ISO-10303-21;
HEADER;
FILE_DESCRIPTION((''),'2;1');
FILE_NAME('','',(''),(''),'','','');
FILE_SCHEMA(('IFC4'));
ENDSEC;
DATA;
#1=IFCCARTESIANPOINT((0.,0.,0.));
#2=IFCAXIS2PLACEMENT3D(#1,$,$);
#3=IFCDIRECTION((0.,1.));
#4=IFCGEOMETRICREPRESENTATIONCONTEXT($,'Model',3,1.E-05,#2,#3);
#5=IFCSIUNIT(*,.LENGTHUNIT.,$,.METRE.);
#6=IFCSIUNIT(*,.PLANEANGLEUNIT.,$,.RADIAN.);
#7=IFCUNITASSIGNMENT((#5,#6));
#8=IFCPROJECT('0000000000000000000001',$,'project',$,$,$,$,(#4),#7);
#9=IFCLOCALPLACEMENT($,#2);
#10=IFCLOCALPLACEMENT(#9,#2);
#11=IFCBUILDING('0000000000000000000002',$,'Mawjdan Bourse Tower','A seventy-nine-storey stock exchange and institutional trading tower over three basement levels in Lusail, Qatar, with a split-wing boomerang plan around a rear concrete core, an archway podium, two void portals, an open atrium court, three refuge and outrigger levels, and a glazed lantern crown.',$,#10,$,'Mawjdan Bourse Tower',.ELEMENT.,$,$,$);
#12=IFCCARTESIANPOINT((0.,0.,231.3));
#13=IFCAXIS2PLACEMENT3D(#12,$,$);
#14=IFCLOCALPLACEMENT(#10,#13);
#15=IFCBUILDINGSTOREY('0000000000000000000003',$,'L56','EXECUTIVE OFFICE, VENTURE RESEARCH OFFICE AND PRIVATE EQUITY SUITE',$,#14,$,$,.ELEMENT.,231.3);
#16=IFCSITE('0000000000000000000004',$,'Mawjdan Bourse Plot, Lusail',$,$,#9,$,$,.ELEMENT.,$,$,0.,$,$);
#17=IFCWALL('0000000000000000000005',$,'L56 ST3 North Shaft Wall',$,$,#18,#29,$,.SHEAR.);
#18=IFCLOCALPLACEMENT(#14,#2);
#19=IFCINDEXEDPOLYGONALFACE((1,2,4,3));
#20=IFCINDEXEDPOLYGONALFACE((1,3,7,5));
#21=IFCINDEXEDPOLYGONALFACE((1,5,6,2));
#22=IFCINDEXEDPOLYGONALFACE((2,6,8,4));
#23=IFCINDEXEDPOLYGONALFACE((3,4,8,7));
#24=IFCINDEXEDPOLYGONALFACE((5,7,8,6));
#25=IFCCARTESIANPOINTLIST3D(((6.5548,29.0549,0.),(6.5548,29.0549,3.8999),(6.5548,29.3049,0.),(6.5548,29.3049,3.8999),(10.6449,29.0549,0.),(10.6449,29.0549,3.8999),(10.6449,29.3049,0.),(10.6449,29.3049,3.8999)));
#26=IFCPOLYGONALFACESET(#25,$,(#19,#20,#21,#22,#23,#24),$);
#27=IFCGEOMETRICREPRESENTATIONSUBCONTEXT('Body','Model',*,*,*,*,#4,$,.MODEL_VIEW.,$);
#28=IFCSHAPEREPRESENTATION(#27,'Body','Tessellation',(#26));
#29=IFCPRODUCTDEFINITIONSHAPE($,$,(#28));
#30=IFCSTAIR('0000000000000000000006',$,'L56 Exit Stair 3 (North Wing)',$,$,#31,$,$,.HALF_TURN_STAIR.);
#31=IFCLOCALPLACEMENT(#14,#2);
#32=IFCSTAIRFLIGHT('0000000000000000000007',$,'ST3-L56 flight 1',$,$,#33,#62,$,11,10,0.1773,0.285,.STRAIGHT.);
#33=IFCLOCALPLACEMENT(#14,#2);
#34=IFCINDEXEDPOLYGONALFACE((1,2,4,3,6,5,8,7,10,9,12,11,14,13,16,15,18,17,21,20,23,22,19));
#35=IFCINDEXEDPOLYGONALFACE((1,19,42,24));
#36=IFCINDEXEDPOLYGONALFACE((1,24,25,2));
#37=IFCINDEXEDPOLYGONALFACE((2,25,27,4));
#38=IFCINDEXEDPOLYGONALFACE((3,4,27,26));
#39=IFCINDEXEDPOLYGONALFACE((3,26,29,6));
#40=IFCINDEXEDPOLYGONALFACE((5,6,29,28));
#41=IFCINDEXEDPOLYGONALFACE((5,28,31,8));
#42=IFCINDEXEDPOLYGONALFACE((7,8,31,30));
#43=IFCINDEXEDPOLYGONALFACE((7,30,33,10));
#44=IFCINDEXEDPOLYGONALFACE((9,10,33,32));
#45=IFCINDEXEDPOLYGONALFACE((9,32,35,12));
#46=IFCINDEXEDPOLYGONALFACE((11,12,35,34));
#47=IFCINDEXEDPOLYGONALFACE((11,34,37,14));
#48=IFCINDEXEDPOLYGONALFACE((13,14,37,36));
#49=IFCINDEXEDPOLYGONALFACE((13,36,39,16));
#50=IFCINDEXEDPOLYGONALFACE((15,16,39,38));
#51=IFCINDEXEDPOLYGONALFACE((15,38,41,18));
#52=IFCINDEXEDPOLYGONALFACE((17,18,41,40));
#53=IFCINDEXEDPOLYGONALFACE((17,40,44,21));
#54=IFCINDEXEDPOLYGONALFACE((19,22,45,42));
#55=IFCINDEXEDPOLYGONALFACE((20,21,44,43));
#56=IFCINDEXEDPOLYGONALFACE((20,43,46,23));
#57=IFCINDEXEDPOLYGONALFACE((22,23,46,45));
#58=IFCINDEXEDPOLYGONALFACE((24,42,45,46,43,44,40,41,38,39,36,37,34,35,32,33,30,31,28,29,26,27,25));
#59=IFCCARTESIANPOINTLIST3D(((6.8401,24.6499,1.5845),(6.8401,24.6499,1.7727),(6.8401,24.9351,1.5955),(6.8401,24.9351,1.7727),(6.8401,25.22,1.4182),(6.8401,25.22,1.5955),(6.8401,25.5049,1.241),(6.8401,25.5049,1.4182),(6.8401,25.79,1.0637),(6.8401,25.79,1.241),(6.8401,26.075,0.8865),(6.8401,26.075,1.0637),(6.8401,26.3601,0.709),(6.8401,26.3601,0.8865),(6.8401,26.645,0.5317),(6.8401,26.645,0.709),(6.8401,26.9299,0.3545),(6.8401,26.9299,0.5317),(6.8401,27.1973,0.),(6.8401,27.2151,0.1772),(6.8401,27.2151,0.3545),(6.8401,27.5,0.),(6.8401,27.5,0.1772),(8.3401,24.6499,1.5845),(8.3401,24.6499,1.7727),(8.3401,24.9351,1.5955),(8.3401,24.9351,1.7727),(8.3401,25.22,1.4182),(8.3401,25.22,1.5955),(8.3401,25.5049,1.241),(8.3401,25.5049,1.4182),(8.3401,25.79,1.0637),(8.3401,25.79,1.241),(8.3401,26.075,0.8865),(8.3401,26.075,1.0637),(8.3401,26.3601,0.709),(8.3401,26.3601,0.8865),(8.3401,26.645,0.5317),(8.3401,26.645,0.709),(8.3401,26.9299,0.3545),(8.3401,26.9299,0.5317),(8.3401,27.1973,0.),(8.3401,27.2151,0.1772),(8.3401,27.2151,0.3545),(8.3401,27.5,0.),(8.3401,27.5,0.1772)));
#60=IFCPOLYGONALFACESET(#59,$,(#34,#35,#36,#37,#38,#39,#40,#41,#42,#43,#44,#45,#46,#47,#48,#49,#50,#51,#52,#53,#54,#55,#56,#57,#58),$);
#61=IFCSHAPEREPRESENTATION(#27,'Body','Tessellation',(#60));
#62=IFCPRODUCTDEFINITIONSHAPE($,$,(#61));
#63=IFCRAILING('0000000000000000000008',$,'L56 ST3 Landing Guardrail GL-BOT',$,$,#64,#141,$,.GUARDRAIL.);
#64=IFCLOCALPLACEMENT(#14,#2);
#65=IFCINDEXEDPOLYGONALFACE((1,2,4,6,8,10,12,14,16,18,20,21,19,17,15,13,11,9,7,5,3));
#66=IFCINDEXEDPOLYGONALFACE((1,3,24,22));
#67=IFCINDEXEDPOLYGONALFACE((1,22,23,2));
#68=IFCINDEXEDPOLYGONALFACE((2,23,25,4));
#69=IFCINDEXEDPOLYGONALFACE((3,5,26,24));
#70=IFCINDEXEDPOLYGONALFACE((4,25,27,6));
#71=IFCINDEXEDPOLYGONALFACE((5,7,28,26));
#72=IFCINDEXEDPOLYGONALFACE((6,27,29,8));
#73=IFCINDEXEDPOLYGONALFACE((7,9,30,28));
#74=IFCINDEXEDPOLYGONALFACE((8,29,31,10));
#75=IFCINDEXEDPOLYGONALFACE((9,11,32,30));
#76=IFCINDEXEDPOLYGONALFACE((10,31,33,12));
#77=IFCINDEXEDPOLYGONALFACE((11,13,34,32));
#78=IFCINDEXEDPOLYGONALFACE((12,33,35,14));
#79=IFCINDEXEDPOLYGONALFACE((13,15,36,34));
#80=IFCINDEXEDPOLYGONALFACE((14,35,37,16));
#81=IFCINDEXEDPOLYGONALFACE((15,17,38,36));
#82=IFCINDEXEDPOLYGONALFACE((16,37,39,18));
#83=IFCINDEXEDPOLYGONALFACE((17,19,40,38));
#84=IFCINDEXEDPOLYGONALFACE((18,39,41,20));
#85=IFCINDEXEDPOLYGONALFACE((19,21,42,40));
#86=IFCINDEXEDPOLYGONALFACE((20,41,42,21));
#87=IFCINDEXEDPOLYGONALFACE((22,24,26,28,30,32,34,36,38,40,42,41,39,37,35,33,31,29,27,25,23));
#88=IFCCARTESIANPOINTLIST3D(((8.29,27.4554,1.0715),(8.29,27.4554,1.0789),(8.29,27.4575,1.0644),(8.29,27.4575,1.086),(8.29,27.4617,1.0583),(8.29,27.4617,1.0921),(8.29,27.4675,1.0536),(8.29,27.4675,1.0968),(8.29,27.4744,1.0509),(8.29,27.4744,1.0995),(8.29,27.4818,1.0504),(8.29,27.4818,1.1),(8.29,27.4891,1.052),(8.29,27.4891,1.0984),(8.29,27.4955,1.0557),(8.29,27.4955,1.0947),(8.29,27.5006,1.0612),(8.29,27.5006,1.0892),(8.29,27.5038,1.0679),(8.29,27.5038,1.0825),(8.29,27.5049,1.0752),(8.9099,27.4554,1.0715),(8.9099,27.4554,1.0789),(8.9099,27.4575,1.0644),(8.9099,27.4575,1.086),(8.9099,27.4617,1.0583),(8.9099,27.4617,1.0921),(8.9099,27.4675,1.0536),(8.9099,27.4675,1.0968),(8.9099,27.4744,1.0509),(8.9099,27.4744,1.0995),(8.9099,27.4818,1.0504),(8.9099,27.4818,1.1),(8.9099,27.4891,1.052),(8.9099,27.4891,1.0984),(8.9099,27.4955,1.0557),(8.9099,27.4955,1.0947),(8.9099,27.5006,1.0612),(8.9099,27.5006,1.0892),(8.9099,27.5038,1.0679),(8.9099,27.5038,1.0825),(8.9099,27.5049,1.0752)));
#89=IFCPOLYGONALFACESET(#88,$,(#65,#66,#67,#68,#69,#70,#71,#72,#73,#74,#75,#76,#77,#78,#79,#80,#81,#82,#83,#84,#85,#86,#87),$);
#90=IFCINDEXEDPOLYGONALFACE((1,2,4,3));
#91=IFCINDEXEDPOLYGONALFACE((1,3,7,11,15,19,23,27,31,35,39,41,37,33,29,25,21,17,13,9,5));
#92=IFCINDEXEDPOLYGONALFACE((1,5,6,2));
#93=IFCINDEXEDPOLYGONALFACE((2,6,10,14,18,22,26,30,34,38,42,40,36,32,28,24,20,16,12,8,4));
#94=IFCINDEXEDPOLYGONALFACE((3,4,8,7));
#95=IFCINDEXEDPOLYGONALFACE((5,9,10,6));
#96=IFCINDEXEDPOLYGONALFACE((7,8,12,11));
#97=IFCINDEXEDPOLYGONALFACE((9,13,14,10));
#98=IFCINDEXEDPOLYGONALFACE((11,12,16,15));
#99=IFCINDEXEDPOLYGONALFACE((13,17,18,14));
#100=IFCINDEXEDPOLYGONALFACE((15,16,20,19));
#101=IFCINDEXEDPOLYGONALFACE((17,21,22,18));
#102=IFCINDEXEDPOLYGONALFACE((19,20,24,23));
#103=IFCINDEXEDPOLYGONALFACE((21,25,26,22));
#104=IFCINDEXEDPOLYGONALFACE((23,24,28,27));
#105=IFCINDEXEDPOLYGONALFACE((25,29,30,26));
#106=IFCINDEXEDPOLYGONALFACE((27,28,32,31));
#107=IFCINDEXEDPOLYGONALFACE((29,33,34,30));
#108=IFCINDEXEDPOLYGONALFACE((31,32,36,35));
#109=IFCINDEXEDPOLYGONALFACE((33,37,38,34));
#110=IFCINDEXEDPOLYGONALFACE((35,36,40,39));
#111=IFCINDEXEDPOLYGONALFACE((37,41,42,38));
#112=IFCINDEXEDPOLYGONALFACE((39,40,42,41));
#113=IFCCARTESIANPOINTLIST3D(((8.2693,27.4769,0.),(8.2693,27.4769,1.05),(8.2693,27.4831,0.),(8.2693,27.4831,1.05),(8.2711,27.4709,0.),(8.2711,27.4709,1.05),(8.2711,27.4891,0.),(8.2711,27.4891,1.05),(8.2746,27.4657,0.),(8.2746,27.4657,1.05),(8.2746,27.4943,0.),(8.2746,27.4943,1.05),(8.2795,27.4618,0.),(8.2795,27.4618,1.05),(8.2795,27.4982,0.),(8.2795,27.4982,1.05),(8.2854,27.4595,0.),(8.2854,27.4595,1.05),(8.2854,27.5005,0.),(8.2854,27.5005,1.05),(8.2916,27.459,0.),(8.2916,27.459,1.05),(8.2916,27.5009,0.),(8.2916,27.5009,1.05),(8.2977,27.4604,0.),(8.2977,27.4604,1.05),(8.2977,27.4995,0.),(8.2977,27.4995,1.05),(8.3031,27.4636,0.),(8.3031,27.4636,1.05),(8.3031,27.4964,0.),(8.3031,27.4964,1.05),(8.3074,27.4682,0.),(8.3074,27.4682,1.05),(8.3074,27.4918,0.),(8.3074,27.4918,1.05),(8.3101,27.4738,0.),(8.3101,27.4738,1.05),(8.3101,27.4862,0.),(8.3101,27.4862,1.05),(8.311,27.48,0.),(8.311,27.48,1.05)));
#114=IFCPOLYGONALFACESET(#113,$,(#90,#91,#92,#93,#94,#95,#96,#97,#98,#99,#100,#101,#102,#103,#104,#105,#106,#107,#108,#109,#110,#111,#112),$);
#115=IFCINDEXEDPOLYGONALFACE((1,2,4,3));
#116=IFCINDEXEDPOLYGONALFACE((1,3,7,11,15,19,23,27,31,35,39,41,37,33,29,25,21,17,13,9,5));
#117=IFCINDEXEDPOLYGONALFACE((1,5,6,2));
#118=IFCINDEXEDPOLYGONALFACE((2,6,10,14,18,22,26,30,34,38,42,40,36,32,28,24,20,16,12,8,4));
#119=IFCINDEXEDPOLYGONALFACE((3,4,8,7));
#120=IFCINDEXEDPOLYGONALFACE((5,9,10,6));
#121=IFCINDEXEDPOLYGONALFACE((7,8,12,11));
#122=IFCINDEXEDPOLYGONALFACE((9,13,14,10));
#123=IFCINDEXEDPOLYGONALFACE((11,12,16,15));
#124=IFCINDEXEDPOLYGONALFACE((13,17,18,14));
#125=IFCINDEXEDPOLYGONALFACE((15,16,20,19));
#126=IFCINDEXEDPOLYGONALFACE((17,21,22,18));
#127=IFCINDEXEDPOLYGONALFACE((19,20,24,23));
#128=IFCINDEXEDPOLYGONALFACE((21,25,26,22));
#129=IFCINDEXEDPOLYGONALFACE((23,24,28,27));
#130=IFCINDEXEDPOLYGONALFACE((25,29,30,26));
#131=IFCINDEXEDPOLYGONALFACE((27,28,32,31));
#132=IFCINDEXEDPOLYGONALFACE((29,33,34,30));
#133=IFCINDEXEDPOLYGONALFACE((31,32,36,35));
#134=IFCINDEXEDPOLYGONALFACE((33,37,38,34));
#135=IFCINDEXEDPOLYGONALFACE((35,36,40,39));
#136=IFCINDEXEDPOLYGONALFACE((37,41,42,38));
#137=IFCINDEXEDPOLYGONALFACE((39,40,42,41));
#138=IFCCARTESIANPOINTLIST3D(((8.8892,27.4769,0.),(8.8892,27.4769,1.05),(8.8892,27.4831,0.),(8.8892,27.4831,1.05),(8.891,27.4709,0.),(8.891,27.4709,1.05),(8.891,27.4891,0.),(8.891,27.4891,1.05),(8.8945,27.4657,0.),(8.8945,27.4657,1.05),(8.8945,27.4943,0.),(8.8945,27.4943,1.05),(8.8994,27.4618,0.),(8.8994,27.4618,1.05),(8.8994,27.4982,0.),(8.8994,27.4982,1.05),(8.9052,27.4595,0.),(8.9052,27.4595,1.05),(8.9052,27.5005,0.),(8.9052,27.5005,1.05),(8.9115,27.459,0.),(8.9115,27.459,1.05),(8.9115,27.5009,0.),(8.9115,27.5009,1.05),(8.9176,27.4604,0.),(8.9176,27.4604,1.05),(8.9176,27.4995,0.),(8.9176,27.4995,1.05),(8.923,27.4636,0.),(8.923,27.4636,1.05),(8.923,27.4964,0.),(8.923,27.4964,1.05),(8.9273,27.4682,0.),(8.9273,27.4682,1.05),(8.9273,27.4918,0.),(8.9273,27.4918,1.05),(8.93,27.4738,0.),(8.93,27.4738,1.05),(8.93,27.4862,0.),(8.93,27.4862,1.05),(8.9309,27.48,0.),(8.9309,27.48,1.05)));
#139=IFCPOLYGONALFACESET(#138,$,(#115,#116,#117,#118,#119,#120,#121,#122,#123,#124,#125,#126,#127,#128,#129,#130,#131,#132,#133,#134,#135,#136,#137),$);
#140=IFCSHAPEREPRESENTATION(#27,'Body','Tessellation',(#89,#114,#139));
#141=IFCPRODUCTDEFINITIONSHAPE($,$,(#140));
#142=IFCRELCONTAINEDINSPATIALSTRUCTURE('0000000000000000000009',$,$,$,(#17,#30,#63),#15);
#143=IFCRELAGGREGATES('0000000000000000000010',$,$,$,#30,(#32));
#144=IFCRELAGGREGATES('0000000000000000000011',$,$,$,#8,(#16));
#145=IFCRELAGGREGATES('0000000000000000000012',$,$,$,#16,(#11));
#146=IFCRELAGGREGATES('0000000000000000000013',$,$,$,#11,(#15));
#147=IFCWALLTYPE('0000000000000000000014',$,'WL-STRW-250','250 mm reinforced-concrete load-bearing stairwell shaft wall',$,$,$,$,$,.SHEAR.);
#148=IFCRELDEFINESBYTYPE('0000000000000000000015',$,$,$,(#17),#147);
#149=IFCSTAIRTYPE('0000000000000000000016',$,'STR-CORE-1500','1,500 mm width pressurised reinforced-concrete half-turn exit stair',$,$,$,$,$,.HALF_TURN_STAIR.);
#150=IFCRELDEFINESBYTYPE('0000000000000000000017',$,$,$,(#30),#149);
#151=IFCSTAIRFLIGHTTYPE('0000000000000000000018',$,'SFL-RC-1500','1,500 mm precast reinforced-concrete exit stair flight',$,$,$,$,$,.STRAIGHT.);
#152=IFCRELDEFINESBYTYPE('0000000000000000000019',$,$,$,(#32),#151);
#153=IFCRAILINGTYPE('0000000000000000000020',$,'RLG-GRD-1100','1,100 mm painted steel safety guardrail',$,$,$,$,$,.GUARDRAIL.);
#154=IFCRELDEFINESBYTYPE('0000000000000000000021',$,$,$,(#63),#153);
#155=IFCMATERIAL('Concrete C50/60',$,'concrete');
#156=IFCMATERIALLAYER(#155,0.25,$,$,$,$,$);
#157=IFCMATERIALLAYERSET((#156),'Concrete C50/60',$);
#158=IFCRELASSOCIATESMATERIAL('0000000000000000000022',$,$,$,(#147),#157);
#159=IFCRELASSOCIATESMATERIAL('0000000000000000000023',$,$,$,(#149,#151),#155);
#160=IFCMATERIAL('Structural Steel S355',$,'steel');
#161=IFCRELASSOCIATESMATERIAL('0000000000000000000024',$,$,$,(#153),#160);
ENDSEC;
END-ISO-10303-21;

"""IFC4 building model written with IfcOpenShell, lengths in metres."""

from ifc_helpers import new_model, si_unit, direction, frame, frame_2d, origin, origin_2d, place, context, subcontext, project, spatial, polyline, rectangle, circle, outline, extrude, material, layer, layer_set, type_object, element, aggregate, save


model = new_model("IFC4")

# Units and contexts
model_context = context("Model", 3, precision=1e-05, world=origin(), true_north=direction((0.0, 1.0)))
body_context = subcontext(model_context, "Body", "Model", "MODEL_VIEW")
ifc_project = project(units=[si_unit("LENGTHUNIT", "METRE"), si_unit("PLANEANGLEUNIT", "RADIAN")], contexts=[model_context])

# Site, building, storey
site_placement = place(None, origin())
site = spatial("IfcSite", under=ifc_project, at=site_placement, Name="Mawjdan Bourse Plot, Lusail", CompositionType="ELEMENT", RefElevation=0.0)
building_placement = place(site_placement, origin())
building = spatial("IfcBuilding", under=site, at=building_placement, Name="Mawjdan Bourse Tower", Description="A seventy-nine-storey stock exchange and institutional trading tower over three basement levels in Lusail, Qatar, with a split-wing boomerang plan around a rear concrete core, an archway podium, two void portals, an open atrium court, three refuge and outrigger levels, and a glazed lantern crown.", LongName="Mawjdan Bourse Tower", CompositionType="ELEMENT")
storey_placement = place(building_placement, frame((0.0, 0.0, 231.3)))
storey = spatial("IfcBuildingStorey", under=building, at=storey_placement, Name="L56", Description="EXECUTIVE OFFICE, VENTURE RESEARCH OFFICE AND PRIVATE EQUITY SUITE", CompositionType="ELEMENT", Elevation=231.3)

# Shared definitions
ifc_material_1 = material(Name="Structural Steel S355", Category="steel")

# Wall
ifc_material_2 = material(Name="Concrete C50/60", Category="concrete")
ifc_layer_1 = layer(ifc_material_2, 0.25)
ifc_layer_set_1 = layer_set([ifc_layer_1], Name="Concrete C50/60")
wall_type_1 = type_object("IfcWallType", Name="WL-STRW-250", Description="250 mm reinforced-concrete load-bearing stairwell shaft wall", PredefinedType="SHEAR", material=ifc_layer_set_1)
wall_1_placement = place(storey_placement, frame((6.5549, 29.1799, 0.0), z_axis=(0.0, 0.0, 1.0), x_axis=(1.0, 0.0, 0.0)))
element("IfcWall", 1, at=wall_1_placement, inside=storey, type_object=wall_type_1, Name="L56 ST3 North Shaft Wall", PredefinedType="SHEAR", context=body_context, shape_type="SweptSolid", body=[
    extrude(rectangle(XDim=4.0901, YDim=0.25, at=frame_2d((2.0449, 0.0))), origin(), (0.0, 0.0, 1.0), 3.8999),
])

# Stair, stair flight
stair_type = type_object("IfcStairType", Name="STR-CORE-1500", Description="1,500 mm width pressurised reinforced-concrete half-turn exit stair", PredefinedType="HALF_TURN_STAIR", material=ifc_material_2)
stair_placement = place(storey_placement, origin())
stair = element("IfcStair", 2, at=stair_placement, inside=storey, type_object=stair_type, Name="L56 Exit Stair 3 (North Wing)", PredefinedType="HALF_TURN_STAIR")
stair_flight_type = type_object("IfcStairFlightType", Name="SFL-RC-1500", Description="1,500 mm precast reinforced-concrete exit stair flight", PredefinedType="STRAIGHT", material=ifc_material_2)
stair_flight_placement = place(storey_placement, frame((7.5901, 27.5, 0.0), z_axis=(0.0, 0.0, 1.0), x_axis=(0.0, -1.0, 0.0)))
stair_flight = element("IfcStairFlight", 3, at=stair_flight_placement, type_object=stair_flight_type, Name="ST3-L56 flight 1", NumberOfRisers=11, NumberOfTreads=10, PredefinedType="STRAIGHT", RiserHeight=0.1773, TreadLength=0.285, context=body_context, shape_type="SweptSolid", body=[
    extrude(outline(polyline([(0.0, 0.0), (0.0, 0.1772), (0.2849, 0.1772), (0.2849, 0.3545), (0.5701, 0.3545), (0.5701, 0.5317), (0.855, 0.5317), (0.855, 0.709), (1.1399, 0.709), (1.1399, 0.8865), (1.425, 0.8865), (1.425, 1.0637), (1.71, 1.0637), (1.71, 1.241), (1.9951, 1.241), (1.9951, 1.4182), (2.28, 1.4182), (2.28, 1.5955), (2.5649, 1.5955), (2.5649, 1.7727), (2.8501, 1.7727), (2.8501, 1.95), (2.8501, 1.5845), (0.3027, 0.0), (0.0, 0.0)])), frame((0.0, 0.75, 0.0), z_axis=(0.0, -1.0, 0.0), x_axis=(1.0, 0.0, 0.0)), (0.0, 0.0, 1.0), 1.5),
])
aggregate(stair, [stair_flight])

# Railing
railing_type_1 = type_object("IfcRailingType", Name="RLG-GRD-1100", Description="1,100 mm painted steel safety guardrail", PredefinedType="GUARDRAIL", material=ifc_material_1)
railing_1_placement = place(storey_placement, frame((8.29, 27.48, 0.0)))
element("IfcRailing", 4, at=railing_1_placement, inside=storey, type_object=railing_type_1, Name="L56 ST3 Landing Guardrail GL-BOT", PredefinedType="GUARDRAIL", context=body_context, shape_type="SweptSolid", body=[
    extrude(circle(Radius=0.0249, at=origin_2d()), frame((0.0, 0.0, 1.0752), z_axis=(1.0, 0.0, 0.0), x_axis=(0.0, 1.0, 0.0)), (0.0, 0.0, 1.0), 0.6199),
    extrude(circle(Radius=0.021, at=origin_2d()), origin(), (0.0, 0.0, 1.0), 1.05),
    extrude(circle(Radius=0.021, at=origin_2d()), frame((0.6199, 0.0, 0.0)), (0.0, 0.0, 1.0), 1.05),
])

save(model, "model.ifc")
